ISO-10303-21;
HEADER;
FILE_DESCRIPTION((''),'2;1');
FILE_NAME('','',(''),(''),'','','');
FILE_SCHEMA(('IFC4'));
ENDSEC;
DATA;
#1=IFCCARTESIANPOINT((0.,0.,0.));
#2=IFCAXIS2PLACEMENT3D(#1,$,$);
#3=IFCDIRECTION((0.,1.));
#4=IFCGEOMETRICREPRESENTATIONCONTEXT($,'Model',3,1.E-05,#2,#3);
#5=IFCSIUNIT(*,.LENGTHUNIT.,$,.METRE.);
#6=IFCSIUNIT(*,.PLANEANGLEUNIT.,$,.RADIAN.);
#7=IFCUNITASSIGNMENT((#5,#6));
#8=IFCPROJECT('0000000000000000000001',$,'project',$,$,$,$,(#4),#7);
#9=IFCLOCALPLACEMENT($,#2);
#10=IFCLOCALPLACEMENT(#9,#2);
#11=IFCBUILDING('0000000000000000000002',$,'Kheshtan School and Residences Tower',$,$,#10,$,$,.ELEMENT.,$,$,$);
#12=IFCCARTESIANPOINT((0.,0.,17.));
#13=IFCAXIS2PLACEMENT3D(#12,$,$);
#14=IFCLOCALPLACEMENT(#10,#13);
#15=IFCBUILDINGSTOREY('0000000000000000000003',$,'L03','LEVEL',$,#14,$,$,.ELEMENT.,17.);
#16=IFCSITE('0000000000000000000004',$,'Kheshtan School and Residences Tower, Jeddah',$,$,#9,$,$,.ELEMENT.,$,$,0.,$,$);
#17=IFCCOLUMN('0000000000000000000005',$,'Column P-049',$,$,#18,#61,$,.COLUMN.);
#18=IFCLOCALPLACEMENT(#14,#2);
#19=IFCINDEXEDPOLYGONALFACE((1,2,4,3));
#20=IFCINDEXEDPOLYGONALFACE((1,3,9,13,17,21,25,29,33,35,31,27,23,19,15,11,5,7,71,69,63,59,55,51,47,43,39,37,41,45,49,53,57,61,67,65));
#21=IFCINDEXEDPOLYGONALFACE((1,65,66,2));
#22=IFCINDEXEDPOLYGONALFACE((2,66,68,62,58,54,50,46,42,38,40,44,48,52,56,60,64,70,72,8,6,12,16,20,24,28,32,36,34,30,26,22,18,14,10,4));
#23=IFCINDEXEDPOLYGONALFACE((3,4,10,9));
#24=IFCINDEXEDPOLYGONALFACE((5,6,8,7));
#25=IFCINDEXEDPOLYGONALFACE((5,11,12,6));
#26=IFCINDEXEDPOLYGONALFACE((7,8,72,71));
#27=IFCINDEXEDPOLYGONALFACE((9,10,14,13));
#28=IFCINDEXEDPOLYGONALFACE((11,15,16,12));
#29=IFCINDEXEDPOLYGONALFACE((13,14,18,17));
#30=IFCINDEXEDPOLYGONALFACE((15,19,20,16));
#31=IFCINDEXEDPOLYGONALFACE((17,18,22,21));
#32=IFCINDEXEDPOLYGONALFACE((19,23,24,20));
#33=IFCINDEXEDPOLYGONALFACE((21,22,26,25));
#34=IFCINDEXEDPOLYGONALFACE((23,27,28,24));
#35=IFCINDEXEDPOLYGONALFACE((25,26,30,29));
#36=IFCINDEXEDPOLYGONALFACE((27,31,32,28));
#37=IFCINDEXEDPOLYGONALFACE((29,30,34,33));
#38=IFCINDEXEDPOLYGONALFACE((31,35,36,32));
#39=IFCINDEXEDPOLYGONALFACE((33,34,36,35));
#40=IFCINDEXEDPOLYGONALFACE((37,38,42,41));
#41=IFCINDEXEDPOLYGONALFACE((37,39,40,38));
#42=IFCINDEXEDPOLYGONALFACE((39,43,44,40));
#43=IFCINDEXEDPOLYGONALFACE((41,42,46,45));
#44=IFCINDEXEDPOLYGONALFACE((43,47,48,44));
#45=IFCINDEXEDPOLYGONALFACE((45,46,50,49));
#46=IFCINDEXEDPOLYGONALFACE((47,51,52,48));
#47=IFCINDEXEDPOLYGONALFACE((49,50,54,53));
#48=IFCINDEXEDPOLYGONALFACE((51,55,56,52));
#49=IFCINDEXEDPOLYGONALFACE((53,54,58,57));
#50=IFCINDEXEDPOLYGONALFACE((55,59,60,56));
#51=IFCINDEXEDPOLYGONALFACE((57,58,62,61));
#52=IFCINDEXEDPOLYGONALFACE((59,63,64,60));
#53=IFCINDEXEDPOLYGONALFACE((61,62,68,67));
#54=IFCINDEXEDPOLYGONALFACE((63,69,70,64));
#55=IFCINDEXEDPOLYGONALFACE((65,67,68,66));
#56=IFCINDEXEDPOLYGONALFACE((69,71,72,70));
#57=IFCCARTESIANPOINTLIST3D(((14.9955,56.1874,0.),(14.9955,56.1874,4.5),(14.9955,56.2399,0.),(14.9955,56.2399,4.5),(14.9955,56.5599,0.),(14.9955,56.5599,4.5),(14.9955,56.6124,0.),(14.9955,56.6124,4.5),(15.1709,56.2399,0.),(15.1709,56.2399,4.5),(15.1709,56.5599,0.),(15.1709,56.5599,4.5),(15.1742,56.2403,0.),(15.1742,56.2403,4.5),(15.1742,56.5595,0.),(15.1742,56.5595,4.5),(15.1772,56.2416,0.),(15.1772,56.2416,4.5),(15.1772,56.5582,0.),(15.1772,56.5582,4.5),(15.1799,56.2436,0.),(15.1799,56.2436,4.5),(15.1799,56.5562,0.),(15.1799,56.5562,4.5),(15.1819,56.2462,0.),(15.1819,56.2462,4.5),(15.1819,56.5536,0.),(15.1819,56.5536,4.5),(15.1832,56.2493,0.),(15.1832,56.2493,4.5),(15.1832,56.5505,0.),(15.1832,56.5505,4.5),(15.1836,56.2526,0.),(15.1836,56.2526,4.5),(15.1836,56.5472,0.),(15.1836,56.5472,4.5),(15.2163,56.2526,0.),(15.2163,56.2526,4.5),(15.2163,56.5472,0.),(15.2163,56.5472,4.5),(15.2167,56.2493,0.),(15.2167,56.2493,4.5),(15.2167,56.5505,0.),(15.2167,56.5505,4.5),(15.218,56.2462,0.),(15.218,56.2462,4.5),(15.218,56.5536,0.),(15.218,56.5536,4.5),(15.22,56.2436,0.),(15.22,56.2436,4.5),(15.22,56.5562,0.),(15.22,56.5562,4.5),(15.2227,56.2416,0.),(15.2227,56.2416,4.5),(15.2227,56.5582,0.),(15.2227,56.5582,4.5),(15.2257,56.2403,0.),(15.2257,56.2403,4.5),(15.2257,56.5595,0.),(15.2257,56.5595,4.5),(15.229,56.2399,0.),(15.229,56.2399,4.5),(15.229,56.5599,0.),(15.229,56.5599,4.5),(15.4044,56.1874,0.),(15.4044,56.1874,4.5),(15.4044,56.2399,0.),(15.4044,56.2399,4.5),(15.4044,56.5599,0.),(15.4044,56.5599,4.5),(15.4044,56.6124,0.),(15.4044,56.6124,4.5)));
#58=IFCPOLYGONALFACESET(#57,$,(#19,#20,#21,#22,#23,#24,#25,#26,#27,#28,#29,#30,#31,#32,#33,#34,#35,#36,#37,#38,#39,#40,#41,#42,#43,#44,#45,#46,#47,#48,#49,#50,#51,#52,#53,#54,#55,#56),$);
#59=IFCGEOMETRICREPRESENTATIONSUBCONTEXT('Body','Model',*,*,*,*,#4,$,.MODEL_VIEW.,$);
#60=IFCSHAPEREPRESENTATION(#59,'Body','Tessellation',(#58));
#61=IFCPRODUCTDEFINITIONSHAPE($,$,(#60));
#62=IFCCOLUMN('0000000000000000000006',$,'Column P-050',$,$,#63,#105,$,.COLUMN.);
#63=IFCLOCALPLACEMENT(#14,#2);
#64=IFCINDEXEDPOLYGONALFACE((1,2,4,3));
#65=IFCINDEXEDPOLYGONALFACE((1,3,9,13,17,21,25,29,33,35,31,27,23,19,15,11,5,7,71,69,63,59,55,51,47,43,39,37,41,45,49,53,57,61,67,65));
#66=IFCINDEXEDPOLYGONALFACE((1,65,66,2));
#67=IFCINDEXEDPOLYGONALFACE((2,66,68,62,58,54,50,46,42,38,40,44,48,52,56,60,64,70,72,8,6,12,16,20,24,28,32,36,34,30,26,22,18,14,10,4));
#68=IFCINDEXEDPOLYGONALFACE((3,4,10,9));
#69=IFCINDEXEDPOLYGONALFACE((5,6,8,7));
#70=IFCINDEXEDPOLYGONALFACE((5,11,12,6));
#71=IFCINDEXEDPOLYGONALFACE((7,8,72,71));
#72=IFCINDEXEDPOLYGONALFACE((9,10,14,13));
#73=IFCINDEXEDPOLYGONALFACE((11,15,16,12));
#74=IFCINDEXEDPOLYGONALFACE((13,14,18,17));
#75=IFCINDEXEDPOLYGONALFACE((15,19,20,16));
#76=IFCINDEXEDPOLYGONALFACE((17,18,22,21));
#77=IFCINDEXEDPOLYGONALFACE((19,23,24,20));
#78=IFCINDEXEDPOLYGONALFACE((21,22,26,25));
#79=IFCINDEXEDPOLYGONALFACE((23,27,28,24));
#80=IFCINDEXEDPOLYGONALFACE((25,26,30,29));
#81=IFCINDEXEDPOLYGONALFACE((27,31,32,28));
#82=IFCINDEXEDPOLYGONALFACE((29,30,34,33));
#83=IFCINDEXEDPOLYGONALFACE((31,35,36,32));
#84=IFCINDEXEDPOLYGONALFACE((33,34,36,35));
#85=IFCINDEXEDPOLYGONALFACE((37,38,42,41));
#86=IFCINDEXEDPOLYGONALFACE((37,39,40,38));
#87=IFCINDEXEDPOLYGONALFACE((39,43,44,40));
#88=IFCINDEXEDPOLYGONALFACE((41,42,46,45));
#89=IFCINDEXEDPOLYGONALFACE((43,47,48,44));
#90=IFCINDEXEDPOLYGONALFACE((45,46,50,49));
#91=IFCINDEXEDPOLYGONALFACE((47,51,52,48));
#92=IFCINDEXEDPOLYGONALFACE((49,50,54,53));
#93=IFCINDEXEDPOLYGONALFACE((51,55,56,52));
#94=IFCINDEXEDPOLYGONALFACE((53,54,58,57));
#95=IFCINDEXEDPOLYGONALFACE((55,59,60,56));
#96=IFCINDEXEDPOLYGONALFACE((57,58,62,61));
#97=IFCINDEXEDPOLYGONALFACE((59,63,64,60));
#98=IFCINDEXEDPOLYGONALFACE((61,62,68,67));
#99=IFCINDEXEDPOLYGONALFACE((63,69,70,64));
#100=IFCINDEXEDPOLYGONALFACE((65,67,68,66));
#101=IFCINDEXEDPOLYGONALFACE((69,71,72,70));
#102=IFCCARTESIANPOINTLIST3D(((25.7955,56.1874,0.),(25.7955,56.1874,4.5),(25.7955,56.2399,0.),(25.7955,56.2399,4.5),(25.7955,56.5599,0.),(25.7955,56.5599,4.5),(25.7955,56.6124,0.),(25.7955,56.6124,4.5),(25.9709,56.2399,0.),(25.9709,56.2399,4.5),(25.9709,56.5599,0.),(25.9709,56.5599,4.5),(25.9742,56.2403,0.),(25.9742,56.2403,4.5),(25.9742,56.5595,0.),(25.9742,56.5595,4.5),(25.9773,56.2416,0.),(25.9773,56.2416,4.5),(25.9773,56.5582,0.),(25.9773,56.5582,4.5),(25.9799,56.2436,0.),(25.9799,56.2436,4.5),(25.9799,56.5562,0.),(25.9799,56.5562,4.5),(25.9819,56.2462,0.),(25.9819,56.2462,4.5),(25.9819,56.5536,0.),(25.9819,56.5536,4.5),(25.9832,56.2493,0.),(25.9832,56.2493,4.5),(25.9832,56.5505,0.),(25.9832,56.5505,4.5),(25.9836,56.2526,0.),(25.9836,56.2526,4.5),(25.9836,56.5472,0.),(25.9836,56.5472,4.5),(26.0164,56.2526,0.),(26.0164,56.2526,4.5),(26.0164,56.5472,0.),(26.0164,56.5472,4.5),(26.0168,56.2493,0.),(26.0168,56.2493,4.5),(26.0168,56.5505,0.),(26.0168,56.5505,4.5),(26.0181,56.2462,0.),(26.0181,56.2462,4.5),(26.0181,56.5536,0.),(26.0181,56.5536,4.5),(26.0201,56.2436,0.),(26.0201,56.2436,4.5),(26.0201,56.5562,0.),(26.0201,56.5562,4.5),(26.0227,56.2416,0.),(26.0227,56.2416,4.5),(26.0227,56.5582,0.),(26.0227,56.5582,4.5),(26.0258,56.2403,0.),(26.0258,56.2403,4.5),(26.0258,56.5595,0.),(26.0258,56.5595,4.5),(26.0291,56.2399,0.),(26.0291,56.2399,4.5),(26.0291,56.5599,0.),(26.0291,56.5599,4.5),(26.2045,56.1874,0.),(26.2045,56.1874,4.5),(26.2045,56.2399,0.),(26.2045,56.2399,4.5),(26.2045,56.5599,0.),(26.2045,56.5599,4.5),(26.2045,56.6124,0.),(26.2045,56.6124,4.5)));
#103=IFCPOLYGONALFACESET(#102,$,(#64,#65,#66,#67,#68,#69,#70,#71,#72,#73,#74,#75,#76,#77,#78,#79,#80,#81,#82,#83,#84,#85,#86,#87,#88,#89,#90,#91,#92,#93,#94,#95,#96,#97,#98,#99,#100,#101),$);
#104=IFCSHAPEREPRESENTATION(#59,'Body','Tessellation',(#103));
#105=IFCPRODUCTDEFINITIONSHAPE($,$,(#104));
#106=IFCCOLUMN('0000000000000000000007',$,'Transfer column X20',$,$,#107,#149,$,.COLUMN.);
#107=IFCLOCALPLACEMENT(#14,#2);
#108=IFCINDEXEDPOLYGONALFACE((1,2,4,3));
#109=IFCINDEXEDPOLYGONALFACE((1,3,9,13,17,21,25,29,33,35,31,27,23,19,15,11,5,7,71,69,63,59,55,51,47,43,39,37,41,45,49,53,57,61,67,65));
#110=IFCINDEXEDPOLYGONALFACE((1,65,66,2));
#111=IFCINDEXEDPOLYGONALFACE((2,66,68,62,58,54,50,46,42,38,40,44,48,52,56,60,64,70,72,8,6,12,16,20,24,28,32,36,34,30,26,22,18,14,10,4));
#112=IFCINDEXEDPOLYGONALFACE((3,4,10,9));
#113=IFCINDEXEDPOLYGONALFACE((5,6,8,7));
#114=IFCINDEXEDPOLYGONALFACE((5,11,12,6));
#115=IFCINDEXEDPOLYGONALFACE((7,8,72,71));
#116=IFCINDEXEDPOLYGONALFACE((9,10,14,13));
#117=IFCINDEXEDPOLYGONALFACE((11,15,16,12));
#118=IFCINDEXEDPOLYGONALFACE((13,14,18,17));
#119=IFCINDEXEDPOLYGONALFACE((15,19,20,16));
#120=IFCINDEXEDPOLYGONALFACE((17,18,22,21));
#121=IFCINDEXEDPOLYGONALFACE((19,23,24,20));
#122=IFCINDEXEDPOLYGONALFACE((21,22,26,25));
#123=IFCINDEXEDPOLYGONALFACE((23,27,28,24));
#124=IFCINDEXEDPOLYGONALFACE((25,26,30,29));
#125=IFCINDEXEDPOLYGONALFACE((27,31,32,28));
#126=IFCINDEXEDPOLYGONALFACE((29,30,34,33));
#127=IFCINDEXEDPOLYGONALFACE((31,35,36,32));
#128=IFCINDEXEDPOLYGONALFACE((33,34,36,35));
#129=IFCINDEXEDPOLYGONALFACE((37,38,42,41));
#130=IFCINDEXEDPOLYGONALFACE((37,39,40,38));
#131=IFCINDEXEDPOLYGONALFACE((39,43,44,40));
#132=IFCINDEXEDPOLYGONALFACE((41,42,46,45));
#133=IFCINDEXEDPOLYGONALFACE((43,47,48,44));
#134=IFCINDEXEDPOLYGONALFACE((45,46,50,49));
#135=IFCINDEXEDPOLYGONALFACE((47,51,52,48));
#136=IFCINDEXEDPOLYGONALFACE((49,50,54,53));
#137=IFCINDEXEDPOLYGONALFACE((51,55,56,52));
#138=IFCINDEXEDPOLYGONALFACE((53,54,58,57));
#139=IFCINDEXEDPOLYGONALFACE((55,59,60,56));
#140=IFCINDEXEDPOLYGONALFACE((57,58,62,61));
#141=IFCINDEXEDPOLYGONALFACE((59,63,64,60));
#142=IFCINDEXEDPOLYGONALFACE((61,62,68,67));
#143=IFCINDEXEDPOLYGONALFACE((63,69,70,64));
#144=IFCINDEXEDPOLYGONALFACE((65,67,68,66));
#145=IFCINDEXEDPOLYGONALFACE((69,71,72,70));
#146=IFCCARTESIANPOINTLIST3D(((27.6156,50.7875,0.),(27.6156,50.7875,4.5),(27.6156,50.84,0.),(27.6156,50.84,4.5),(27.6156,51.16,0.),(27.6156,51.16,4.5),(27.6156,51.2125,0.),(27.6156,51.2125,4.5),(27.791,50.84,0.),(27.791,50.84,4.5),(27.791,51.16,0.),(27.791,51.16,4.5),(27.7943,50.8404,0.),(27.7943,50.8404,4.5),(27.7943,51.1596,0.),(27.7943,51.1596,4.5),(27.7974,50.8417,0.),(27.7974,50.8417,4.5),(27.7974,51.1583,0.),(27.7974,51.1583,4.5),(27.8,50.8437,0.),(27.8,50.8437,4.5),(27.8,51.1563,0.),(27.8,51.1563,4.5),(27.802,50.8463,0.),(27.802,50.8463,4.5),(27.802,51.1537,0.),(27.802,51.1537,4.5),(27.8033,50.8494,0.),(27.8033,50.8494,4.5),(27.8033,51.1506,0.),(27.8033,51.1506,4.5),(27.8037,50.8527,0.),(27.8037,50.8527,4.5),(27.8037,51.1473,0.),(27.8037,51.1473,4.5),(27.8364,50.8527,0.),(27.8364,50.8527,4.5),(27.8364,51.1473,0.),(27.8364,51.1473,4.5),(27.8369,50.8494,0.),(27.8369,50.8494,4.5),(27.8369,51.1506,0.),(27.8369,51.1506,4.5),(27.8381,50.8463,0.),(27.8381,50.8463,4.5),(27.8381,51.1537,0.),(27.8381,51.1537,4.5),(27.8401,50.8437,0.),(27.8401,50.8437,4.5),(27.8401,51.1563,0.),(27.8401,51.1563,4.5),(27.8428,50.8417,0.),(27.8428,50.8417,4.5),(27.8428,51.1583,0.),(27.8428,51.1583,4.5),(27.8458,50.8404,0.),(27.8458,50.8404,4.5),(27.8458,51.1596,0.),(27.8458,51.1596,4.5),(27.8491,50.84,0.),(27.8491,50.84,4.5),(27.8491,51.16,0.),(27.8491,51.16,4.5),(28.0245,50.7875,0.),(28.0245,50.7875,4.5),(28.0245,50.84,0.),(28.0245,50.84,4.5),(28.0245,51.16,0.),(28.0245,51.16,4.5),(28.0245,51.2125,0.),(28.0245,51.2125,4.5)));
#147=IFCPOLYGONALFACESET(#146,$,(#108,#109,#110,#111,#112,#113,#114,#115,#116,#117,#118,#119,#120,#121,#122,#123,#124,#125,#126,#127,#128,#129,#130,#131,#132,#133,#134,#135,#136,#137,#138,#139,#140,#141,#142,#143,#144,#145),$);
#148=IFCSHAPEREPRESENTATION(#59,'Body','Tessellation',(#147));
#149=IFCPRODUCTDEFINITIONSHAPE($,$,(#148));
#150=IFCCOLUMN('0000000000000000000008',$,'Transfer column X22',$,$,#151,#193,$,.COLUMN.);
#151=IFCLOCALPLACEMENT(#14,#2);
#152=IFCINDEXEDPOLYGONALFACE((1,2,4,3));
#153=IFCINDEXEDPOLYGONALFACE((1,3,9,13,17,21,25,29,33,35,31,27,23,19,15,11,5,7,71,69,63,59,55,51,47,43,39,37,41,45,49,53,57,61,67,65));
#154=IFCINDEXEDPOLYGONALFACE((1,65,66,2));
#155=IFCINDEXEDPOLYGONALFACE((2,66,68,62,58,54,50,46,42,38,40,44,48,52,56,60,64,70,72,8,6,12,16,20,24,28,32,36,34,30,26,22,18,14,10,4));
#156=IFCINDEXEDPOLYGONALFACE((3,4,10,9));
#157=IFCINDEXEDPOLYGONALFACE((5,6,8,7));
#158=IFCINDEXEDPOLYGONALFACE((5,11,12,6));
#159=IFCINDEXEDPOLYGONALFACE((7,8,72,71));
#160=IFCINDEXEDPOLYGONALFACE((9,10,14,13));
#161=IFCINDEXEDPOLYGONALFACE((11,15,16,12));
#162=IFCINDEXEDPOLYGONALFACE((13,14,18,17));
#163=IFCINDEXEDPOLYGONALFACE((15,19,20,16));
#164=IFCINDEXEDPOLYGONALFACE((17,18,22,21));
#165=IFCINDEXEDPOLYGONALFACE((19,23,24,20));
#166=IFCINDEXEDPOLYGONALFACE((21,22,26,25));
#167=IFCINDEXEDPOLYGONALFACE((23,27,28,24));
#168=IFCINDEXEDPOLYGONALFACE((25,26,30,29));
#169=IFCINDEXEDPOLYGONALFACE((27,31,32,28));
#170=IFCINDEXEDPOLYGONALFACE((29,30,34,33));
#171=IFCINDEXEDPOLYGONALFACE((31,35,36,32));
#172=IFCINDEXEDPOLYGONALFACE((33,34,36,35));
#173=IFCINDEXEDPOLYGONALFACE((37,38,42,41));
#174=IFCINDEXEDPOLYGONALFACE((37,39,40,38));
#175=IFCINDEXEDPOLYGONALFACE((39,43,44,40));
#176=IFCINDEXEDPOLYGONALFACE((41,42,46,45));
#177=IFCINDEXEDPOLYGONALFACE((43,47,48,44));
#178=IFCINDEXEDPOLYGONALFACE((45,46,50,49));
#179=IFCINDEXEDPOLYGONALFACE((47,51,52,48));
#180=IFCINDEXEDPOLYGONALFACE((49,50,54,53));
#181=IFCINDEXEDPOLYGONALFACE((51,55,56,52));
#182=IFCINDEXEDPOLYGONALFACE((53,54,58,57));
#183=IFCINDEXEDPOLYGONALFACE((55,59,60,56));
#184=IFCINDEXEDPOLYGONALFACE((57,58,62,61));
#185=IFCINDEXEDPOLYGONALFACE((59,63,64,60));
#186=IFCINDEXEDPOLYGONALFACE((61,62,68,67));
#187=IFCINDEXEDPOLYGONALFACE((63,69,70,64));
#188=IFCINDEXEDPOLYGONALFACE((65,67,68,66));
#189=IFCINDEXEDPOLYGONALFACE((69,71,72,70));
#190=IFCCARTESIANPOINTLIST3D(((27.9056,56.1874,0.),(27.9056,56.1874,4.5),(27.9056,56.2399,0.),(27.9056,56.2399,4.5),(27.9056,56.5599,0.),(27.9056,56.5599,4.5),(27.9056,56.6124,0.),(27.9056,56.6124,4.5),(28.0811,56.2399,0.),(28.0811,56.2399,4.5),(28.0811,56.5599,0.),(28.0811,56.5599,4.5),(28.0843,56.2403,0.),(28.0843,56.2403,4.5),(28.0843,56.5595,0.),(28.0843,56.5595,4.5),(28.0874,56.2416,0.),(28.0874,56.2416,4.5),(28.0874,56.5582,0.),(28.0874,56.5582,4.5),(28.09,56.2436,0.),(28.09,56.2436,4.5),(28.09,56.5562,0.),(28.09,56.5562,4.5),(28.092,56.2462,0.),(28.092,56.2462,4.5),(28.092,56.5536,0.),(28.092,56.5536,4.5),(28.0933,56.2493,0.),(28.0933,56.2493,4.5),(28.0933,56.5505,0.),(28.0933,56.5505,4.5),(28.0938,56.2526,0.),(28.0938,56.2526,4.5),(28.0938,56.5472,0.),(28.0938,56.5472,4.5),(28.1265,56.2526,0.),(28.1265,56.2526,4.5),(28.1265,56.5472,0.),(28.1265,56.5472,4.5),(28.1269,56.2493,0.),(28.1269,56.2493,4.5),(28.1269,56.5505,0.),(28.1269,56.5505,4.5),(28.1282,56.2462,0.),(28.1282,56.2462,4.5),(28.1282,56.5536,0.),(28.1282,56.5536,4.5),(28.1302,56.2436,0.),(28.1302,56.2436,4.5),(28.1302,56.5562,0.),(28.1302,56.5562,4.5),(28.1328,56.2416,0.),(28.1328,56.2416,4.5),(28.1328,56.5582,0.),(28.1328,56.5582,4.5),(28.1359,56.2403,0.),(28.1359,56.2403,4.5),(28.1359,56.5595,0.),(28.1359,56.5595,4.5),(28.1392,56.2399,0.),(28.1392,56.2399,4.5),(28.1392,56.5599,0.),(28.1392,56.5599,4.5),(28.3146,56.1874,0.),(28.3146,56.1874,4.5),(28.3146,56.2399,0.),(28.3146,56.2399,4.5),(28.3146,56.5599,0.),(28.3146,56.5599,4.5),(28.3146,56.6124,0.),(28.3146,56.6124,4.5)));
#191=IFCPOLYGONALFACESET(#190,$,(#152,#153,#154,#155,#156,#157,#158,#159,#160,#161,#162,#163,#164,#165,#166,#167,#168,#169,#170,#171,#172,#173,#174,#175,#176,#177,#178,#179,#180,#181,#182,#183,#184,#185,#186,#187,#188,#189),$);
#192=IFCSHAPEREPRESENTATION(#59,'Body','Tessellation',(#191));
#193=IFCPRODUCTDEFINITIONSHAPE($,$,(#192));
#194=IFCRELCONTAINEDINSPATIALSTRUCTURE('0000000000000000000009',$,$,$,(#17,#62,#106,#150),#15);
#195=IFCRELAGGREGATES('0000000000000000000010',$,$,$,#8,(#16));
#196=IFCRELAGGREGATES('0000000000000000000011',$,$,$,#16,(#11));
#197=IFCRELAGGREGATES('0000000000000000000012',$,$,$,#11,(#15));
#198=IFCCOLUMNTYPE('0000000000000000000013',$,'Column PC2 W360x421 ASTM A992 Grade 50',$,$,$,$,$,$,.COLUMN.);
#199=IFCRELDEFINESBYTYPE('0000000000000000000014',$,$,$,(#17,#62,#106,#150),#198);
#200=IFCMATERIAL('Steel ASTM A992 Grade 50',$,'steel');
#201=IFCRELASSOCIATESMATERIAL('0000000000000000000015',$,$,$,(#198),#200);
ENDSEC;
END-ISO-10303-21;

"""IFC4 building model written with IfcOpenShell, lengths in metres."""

from ifc_helpers import new_model, si_unit, direction, frame, origin, origin_2d, place, context, subcontext, project, spatial, i_section, extrude, material, material_profile, profile_set, type_object, element, save


model = new_model("IFC4")

# Units and contexts
model_context = context("Model", 3, precision=1e-05, world=origin(), true_north=direction((0.0, 1.0)))
body_context = subcontext(model_context, "Body", "Model", "MODEL_VIEW")
ifc_project = project(units=[si_unit("LENGTHUNIT", "METRE"), si_unit("PLANEANGLEUNIT", "RADIAN")], contexts=[model_context])

# Site, building, storey
site_placement = place(None, origin())
site = spatial("IfcSite", under=ifc_project, at=site_placement, Name="Kheshtan School and Residences Tower, Jeddah", CompositionType="ELEMENT", RefElevation=0.0)
building_placement = place(site_placement, origin())
building = spatial("IfcBuilding", under=site, at=building_placement, Name="Kheshtan School and Residences Tower", CompositionType="ELEMENT")
storey_placement = place(building_placement, frame((0.0, 0.0, 17.0)))
storey = spatial("IfcBuildingStorey", under=building, at=storey_placement, Name="L03", Description="LEVEL", CompositionType="ELEMENT", Elevation=17.0)

# Columns
ifc_material_1 = material(Name="Steel ASTM A992 Grade 50", Category="steel")
ifc_material_profile_1 = material_profile(ifc_material_1, i_section(OverallWidth=0.4089, OverallDepth=0.425, WebThickness=0.0327, FlangeThickness=0.0525, FilletRadius=0.0127, at=origin_2d()), Name="W360x421")
ifc_profile_set_1 = profile_set([ifc_material_profile_1], Name="Steel ASTM A992 Grade 50")
column_type = type_object("IfcColumnType", Name="Column PC2 W360x421 ASTM A992 Grade 50", PredefinedType="COLUMN", material=ifc_profile_set_1)
for number, where, z_axis, x_axis, name in (
    (1, (15.2, 56.3999, 0.0), (0.0, 0.0, 1.0), (1.0, 0.0, 0.0), "Column P-049"),
    (2, (26.0, 56.3999, 0.0), (0.0, 0.0, 1.0), (1.0, 0.0, 0.0), "Column P-050"),
    (3, (27.8201, 51.0, 0.0), (0.0, 0.0, 1.0), (1.0, 0.0, 0.0), "Transfer column X20"),
    (4, (28.1101, 56.3999, 0.0), (0.0, 0.0, 1.0), (1.0, 0.0, 0.0), "Transfer column X22"),
):
    element("IfcColumn", number, at=place(storey_placement, frame(where, z_axis=z_axis, x_axis=x_axis)), inside=storey, type_object=column_type, Name=name, PredefinedType="COLUMN", context=body_context, shape_type="SweptSolid", body=[
        extrude(i_section(OverallWidth=0.4089, OverallDepth=0.425, WebThickness=0.0327, FlangeThickness=0.0525, FilletRadius=0.0127, at=origin_2d()), origin(), (0.0, 0.0, 1.0), 4.5),
    ])

save(model, "model.ifc")
